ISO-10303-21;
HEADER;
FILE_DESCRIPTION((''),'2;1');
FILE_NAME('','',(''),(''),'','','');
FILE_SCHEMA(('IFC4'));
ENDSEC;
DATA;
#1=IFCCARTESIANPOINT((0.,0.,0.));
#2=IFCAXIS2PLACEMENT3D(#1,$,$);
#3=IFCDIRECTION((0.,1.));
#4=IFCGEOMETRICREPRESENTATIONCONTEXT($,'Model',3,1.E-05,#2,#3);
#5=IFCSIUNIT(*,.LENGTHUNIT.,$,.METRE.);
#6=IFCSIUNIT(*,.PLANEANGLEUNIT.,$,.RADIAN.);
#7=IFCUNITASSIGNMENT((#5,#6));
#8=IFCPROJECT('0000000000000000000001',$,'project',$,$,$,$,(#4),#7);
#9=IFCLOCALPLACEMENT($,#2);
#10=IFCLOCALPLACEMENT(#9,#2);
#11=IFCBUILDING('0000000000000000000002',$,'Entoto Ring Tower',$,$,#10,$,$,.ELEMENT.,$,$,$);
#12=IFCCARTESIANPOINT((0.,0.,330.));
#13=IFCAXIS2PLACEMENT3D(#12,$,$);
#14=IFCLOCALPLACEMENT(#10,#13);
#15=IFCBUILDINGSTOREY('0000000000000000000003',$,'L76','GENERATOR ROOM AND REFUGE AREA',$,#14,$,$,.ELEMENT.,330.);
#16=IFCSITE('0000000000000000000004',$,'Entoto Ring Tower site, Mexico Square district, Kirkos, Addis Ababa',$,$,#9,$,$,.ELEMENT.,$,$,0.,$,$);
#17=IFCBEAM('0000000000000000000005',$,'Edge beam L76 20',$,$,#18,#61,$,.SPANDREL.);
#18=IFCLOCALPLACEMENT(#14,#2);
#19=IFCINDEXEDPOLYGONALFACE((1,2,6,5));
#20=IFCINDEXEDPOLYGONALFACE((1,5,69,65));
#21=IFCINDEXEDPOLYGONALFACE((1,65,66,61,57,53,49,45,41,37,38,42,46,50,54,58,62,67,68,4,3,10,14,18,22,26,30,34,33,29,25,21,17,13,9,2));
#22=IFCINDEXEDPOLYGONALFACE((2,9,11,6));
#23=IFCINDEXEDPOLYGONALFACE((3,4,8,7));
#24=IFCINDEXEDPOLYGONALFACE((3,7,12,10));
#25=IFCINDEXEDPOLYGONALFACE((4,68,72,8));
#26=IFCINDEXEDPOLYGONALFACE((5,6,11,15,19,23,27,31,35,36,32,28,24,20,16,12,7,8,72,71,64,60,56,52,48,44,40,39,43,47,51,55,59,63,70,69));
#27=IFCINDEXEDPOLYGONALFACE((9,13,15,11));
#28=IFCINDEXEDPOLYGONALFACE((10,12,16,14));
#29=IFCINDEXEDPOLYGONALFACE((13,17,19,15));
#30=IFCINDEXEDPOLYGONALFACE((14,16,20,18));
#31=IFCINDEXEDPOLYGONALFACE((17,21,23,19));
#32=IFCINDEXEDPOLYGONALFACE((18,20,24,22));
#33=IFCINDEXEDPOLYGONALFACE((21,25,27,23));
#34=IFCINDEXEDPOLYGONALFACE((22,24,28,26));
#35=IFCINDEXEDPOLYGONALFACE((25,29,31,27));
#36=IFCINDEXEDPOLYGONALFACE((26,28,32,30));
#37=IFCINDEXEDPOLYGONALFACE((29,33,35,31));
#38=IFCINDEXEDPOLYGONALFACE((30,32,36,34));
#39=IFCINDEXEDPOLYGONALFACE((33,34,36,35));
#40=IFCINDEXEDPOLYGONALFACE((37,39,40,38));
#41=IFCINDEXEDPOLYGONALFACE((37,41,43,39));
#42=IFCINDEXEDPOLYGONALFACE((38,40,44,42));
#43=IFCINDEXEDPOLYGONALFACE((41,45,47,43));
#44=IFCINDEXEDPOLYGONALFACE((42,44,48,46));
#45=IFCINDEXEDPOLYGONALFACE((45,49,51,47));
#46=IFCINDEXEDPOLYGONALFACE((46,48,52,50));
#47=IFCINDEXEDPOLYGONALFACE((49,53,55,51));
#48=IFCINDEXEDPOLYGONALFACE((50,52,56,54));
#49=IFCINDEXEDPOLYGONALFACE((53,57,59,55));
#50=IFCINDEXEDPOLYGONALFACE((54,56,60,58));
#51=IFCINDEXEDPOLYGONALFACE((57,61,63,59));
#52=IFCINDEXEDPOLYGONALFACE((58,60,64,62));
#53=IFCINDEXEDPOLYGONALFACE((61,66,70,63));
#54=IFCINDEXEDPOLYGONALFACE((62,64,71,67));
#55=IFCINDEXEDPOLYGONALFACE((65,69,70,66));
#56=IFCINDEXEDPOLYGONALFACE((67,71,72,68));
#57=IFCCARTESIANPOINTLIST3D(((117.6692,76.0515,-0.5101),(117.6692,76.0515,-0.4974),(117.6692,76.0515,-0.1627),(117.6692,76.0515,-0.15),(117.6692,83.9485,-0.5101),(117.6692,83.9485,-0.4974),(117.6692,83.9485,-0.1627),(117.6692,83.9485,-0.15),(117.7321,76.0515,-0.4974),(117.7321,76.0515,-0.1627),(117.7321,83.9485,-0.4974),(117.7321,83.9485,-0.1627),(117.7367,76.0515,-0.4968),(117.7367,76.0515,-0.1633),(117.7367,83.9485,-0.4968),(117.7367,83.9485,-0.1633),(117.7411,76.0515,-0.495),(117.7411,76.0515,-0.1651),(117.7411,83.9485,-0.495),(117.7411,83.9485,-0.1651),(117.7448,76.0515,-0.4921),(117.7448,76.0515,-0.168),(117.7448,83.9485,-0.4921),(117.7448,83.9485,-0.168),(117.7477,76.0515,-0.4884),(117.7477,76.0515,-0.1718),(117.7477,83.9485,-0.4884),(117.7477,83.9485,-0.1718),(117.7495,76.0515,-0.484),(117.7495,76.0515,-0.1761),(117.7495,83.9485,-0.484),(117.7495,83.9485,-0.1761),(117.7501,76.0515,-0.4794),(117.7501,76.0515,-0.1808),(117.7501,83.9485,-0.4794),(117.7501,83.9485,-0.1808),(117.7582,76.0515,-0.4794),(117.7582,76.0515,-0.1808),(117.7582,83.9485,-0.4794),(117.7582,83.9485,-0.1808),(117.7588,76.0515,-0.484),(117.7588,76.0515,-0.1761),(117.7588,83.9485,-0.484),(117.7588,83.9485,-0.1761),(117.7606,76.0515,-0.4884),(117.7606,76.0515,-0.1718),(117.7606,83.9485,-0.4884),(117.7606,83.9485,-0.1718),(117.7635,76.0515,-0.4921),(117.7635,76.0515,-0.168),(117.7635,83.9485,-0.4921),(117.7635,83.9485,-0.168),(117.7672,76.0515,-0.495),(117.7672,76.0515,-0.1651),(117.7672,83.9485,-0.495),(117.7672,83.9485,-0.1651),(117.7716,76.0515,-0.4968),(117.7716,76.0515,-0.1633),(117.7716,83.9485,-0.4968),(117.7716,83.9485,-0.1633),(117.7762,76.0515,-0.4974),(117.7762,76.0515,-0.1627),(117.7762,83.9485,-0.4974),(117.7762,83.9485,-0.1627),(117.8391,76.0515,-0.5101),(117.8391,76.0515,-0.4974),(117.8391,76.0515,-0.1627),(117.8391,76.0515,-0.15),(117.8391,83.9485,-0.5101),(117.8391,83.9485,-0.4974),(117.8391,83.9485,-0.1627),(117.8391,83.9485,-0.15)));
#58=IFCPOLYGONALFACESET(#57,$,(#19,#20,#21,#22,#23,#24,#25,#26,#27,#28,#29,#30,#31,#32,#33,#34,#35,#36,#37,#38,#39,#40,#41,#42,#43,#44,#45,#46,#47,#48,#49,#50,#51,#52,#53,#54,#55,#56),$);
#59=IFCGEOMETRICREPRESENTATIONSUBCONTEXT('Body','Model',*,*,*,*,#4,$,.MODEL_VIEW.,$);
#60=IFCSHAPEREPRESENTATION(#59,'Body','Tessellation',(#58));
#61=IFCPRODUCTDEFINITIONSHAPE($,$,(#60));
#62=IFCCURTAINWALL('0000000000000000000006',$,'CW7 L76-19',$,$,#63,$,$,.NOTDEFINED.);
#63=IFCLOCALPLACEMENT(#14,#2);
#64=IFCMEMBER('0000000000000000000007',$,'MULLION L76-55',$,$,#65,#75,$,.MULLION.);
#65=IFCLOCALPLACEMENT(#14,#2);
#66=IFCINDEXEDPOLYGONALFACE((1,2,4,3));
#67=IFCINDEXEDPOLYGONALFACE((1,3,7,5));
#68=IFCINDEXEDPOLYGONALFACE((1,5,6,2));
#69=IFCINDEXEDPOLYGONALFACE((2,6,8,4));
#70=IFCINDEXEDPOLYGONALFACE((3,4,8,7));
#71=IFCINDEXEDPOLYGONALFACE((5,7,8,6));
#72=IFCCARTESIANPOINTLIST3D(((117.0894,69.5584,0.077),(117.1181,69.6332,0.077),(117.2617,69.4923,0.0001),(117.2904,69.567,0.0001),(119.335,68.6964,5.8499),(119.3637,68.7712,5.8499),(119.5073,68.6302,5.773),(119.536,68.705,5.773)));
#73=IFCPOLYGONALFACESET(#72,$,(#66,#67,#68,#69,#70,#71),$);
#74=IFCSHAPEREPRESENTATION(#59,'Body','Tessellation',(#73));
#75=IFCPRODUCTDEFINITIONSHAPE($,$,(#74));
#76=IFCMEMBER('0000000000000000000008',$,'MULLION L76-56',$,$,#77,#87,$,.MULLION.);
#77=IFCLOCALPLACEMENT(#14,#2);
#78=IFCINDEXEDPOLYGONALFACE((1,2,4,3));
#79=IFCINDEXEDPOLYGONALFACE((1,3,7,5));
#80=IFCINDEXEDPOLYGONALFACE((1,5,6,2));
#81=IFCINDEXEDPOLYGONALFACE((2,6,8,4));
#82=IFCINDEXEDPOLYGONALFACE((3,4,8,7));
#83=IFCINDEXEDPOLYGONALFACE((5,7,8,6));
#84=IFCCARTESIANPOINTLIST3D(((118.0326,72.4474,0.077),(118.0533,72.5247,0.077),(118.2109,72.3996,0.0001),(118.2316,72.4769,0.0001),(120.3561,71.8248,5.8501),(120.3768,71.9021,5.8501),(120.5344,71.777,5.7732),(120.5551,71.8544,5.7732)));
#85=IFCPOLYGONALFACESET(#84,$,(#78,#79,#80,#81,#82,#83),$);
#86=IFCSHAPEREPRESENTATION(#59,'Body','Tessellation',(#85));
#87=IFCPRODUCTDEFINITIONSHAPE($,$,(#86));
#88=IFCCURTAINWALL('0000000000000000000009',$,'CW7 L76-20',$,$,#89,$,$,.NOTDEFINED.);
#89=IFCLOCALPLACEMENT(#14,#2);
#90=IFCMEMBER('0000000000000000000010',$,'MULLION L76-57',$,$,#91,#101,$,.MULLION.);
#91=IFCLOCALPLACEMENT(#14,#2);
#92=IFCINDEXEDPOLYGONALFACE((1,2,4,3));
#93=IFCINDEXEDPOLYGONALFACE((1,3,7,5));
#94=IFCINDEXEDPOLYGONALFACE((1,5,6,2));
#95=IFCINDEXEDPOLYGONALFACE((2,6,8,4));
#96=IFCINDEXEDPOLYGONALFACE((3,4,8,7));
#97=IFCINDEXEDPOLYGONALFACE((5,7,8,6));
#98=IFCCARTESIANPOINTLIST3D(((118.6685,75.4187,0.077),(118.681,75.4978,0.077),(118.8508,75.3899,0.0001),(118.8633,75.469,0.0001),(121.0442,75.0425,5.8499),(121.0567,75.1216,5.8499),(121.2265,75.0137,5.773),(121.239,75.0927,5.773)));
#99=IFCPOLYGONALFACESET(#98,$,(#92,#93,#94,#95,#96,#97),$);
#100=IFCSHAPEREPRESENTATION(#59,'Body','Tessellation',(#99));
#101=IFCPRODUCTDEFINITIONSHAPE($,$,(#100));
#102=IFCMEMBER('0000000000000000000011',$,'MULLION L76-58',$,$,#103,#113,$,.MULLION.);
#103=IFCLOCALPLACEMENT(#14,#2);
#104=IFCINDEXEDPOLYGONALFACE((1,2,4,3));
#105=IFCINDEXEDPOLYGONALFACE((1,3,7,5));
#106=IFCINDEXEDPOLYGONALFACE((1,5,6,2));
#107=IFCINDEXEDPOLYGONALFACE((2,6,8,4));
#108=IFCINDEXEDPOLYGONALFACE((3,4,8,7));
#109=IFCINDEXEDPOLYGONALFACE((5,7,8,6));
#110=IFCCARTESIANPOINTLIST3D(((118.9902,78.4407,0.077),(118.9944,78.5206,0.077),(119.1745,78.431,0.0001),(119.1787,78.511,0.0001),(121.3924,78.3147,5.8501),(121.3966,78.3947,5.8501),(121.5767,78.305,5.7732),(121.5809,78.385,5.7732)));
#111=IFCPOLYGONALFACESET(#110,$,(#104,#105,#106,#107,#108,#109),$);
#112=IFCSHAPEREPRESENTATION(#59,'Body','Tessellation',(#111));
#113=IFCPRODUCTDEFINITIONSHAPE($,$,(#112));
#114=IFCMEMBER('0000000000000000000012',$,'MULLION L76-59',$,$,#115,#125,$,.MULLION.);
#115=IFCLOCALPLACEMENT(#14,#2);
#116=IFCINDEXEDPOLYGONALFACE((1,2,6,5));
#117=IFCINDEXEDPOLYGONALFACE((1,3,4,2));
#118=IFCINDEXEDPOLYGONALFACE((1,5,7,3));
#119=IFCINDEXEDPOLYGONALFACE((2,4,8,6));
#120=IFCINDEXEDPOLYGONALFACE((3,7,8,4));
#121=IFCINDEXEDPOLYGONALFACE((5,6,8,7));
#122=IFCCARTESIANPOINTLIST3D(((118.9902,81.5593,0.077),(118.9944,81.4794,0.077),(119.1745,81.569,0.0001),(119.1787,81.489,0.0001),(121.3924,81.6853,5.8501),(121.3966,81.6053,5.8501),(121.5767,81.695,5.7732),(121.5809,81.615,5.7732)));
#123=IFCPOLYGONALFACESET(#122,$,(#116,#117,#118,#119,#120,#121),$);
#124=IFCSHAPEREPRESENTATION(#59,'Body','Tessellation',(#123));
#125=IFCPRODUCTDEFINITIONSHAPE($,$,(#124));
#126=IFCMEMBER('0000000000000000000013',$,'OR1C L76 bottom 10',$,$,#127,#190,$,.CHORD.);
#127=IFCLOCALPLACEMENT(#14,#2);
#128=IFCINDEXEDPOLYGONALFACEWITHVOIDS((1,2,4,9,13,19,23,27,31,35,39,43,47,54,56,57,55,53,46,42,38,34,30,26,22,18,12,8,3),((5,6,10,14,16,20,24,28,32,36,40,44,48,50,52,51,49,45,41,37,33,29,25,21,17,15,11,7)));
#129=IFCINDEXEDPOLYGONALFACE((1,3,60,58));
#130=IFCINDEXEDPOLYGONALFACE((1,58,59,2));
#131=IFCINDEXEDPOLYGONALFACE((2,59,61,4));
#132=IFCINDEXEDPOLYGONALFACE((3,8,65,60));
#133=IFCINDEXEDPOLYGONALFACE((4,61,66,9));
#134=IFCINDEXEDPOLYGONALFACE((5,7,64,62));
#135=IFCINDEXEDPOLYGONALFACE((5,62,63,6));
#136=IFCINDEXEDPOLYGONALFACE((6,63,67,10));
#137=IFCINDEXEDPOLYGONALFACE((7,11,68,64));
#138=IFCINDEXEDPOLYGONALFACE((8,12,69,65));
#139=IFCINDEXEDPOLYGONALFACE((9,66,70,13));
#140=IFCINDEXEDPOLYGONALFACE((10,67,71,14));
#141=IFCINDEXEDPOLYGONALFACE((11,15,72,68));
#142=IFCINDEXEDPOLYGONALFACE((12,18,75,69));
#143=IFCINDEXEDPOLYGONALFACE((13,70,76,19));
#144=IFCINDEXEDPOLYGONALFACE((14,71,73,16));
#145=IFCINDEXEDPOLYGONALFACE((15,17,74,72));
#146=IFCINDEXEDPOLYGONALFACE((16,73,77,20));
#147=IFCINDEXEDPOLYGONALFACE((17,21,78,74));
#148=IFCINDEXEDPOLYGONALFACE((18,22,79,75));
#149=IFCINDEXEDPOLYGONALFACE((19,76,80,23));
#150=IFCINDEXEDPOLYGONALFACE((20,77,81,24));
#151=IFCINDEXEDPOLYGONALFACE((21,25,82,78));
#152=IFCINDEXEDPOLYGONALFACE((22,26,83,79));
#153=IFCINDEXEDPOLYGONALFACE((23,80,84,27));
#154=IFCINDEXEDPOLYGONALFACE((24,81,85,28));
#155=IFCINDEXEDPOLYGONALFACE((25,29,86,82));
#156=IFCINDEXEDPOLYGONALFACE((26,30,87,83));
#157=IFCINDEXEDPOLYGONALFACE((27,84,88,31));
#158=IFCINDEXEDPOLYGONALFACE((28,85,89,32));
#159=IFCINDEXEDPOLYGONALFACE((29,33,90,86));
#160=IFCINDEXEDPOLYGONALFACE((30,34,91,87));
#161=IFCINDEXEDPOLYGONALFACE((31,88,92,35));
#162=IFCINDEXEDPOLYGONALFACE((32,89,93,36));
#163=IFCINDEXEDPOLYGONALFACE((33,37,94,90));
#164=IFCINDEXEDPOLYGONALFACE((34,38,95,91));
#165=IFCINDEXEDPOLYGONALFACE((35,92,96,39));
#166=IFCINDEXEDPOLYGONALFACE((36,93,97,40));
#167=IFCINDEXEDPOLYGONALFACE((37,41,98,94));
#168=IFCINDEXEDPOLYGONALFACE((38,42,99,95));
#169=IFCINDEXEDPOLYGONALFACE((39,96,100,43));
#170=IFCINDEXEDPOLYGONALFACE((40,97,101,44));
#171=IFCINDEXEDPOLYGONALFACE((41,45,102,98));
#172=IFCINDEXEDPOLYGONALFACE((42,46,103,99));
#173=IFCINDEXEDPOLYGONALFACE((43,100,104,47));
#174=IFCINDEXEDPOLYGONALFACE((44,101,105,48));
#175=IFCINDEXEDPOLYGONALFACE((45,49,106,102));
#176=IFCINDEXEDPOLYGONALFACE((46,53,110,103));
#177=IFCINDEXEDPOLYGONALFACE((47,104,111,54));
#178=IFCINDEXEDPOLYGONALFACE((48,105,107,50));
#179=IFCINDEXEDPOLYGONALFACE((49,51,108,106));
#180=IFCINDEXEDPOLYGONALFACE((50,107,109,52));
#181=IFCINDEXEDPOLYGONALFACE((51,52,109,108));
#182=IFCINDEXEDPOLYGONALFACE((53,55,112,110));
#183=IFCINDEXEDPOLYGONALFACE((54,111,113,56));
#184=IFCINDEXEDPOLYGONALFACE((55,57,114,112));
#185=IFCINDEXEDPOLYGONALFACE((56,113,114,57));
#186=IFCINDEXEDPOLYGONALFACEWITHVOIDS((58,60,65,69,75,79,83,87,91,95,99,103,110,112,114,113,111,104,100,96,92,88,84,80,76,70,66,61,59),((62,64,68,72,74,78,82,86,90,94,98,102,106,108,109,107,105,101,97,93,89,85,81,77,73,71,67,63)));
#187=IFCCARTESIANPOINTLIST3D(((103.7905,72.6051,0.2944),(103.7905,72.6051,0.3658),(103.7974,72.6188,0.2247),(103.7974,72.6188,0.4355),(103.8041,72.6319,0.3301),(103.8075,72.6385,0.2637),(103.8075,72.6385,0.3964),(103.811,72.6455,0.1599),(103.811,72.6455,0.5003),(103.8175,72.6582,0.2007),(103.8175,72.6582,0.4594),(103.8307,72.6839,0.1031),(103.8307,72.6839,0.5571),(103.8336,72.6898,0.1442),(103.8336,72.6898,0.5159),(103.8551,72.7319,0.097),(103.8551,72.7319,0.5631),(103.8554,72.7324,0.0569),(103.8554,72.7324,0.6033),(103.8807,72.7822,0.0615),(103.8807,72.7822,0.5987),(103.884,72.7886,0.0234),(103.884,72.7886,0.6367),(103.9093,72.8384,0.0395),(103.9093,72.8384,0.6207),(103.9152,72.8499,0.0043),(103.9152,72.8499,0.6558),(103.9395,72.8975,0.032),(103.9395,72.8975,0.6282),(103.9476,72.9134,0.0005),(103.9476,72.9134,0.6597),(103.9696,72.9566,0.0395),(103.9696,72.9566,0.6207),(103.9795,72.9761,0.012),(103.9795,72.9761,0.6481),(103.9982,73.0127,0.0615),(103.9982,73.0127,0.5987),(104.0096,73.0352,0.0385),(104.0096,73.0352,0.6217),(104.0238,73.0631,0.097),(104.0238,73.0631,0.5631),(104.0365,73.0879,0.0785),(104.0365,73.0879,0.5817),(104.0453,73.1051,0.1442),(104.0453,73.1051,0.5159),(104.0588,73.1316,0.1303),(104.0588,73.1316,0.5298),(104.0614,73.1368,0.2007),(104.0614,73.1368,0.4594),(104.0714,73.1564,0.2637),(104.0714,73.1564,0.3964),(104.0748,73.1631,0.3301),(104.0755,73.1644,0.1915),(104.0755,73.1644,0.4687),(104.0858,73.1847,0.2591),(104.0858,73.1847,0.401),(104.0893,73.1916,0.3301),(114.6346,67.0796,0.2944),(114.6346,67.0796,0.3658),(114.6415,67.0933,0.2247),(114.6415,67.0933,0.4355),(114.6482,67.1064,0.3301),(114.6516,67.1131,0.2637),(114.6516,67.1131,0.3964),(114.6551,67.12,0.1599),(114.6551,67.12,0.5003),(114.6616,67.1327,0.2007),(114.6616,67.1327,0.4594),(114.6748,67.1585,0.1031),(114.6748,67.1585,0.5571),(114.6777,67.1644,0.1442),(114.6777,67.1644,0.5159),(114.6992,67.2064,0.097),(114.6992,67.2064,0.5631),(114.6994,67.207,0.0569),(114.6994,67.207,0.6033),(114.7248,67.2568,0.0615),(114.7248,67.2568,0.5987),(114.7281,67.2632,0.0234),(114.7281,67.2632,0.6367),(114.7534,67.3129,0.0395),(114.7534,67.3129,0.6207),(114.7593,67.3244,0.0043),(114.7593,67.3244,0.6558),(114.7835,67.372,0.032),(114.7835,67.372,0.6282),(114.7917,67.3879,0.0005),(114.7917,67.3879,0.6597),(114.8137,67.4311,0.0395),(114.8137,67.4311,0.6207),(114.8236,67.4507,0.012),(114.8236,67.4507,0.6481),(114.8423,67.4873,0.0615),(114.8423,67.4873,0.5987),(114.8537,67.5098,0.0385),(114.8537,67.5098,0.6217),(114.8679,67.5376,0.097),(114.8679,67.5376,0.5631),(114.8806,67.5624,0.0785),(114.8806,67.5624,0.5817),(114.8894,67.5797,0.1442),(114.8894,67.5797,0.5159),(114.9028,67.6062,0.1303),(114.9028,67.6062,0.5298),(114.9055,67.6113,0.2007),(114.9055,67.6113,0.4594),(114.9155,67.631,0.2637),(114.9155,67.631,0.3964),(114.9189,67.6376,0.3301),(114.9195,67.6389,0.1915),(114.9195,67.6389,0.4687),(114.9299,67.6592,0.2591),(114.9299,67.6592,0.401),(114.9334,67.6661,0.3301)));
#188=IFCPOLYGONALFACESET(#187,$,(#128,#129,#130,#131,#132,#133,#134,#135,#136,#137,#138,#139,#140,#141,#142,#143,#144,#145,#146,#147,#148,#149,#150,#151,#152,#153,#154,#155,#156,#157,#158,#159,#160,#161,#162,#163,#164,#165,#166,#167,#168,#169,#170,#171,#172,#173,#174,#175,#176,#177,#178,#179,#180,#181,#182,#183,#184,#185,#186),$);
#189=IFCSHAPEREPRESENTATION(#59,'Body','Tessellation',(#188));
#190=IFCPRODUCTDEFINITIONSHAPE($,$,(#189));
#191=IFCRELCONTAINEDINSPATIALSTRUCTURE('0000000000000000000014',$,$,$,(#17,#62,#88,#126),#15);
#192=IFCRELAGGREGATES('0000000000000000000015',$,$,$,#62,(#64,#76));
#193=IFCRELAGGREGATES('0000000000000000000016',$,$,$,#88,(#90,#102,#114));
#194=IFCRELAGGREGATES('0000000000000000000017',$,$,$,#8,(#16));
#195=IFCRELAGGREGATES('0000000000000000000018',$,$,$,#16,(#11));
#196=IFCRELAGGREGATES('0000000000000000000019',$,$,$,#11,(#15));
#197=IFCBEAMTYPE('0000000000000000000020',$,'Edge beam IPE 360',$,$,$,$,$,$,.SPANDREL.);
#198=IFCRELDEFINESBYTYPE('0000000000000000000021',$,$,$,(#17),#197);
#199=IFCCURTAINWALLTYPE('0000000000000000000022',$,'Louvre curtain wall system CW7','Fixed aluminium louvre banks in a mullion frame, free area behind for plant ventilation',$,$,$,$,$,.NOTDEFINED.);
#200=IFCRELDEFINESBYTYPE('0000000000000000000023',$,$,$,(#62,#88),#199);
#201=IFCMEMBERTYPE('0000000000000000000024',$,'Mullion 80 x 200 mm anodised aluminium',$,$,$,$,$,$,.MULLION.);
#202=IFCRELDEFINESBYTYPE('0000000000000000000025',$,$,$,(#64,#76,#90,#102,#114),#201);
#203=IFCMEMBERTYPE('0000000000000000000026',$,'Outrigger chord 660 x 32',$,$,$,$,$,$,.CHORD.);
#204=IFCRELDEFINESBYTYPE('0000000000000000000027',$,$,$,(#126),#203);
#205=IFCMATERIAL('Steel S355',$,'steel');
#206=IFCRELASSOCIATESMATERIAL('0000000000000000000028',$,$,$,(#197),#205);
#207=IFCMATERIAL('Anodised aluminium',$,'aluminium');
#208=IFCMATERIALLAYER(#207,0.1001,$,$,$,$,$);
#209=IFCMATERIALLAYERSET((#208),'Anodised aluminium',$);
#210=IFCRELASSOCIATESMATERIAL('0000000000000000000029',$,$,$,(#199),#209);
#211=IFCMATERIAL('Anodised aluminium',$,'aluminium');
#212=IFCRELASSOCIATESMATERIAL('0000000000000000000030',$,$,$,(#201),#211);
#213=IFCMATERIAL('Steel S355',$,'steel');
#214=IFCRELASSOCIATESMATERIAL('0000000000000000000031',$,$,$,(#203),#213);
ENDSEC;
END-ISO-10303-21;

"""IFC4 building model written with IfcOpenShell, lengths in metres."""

from ifc_helpers import new_model, si_unit, direction, frame, origin, origin_2d, place, context, subcontext, project, spatial, rectangle, circle, hollow_circle, i_section, extrude, material, layer, layer_set, material_profile, profile_set, type_object, element, aggregate, save


model = new_model("IFC4")

# Units and contexts
model_context = context("Model", 3, precision=1e-05, world=origin(), true_north=direction((0.0, 1.0)))
body_context = subcontext(model_context, "Body", "Model", "MODEL_VIEW")
ifc_project = project(units=[si_unit("LENGTHUNIT", "METRE"), si_unit("PLANEANGLEUNIT", "RADIAN")], contexts=[model_context])

# Site, building, storey
site_placement = place(None, origin())
site = spatial("IfcSite", under=ifc_project, at=site_placement, Name="Entoto Ring Tower site, Mexico Square district, Kirkos, Addis Ababa", CompositionType="ELEMENT", RefElevation=0.0)
building_placement = place(site_placement, origin())
building = spatial("IfcBuilding", under=site, at=building_placement, Name="Entoto Ring Tower", CompositionType="ELEMENT")
storey_placement = place(building_placement, frame((0.0, 0.0, 330.0)))
storey = spatial("IfcBuildingStorey", under=building, at=storey_placement, Name="L76", Description="GENERATOR ROOM AND REFUGE AREA", CompositionType="ELEMENT", Elevation=330.0)

# Beam
ifc_material_1 = material(Name="Steel S355", Category="steel")
ifc_material_profile_1 = material_profile(ifc_material_1, i_section(OverallWidth=0.1699, OverallDepth=0.3601, WebThickness=0.0081, FlangeThickness=0.0127, FilletRadius=0.0181, at=origin_2d()), Name="IPE 360")
ifc_profile_set_1 = profile_set([ifc_material_profile_1], Name="Steel S355")
beam_type_1 = type_object("IfcBeamType", Name="Edge beam IPE 360", PredefinedType="SPANDREL", material=ifc_profile_set_1)
for number, where, z_axis, x_axis, name in (
    (1, (117.7542, 76.0515, -0.3301), (0.0, 1.0, 0.0), (-1.0, 0.0, 0.0), "Edge beam L76 20"),
):
    element("IfcBeam", number, at=place(storey_placement, frame(where, z_axis=z_axis, x_axis=x_axis)), inside=storey, type_object=beam_type_1, Name=name, PredefinedType="SPANDREL", context=body_context, shape_type="SweptSolid", body=[
        extrude(i_section(OverallWidth=0.1699, OverallDepth=0.3601, WebThickness=0.0081, FlangeThickness=0.0127, FilletRadius=0.0181, at=origin_2d()), origin(), (0.0, 0.0, 1.0), 7.897),
    ])

# Curtain walls, members
ifc_material_2 = material(Name="Anodised aluminium", Category="aluminium")
ifc_layer_1 = layer(ifc_material_2, 0.1001)
ifc_layer_set_1 = layer_set([ifc_layer_1], Name="Anodised aluminium")
curtain_wall_type = type_object("IfcCurtainWallType", Name="Louvre curtain wall system CW7", Description="Fixed aluminium louvre banks in a mullion frame, free area behind for plant ventilation", PredefinedType="NOTDEFINED", material=ifc_layer_set_1)
curtain_wall_1_placement = place(storey_placement, origin())
curtain_wall_1 = element("IfcCurtainWall", 2, at=curtain_wall_1_placement, inside=storey, type_object=curtain_wall_type, Name="CW7 L76-19", PredefinedType="NOTDEFINED")
ifc_material_3 = material(Name="Anodised aluminium", Category="aluminium")
ifc_material_profile_2 = material_profile(ifc_material_3, rectangle(XDim=0.0801, YDim=0.2, at=origin_2d()), Name="Mullion 80 x 200 mm anodised aluminium")
ifc_profile_set_2 = profile_set([ifc_material_profile_2], Name="Anodised aluminium")
member_type_1 = type_object("IfcMemberType", Name="Mullion 80 x 200 mm anodised aluminium", PredefinedType="MULLION", material=ifc_profile_set_2)
member_1_placement = place(storey_placement, frame((117.1899, 69.5627, 0.0386), z_axis=(0.359066, -0.137841, 0.923077), x_axis=(0.358387, 0.933573, 0.0)))
member_1 = element("IfcMember", 3, at=member_1_placement, type_object=member_type_1, Name="MULLION L76-55", PredefinedType="MULLION", context=body_context, shape_type="SweptSolid", body=[
    extrude(rectangle(XDim=0.0801, YDim=0.2, at=origin_2d()), origin(), (0.0, 0.0, 1.0), 6.2539),
])
member_2_placement = place(storey_placement, frame((118.1321, 72.4622, 0.0386), z_axis=(0.371517, -0.099545, 0.923074), x_axis=(0.258812, 0.965928, 0.0)))
member_2 = element("IfcMember", 4, at=member_2_placement, type_object=member_type_1, Name="MULLION L76-56", PredefinedType="MULLION", context=body_context, shape_type="SweptSolid", body=[
    extrude(rectangle(XDim=0.0801, YDim=0.2, at=origin_2d()), origin(), (0.0, 0.0, 1.0), 6.2542),
])
aggregate(curtain_wall_1, [member_1, member_2])
curtain_wall_2_placement = place(storey_placement, origin())
curtain_wall_2 = element("IfcCurtainWall", 5, at=curtain_wall_2_placement, inside=storey, type_object=curtain_wall_type, Name="CW7 L76-20", PredefinedType="NOTDEFINED")
member_3_placement = place(storey_placement, frame((118.7659, 75.4438, 0.0386), z_axis=(0.379874, -0.060157, 0.92308), x_axis=(0.156411, 0.987692, 0.0)))
member_3 = element("IfcMember", 6, at=member_3_placement, type_object=member_type_1, Name="MULLION L76-57", PredefinedType="MULLION", context=body_context, shape_type="SweptSolid", body=[
    extrude(rectangle(XDim=0.0801, YDim=0.2, at=origin_2d()), origin(), (0.0, 0.0, 1.0), 6.2539),
])
member_4_placement = place(storey_placement, frame((119.0845, 78.4758, 0.0386), z_axis=(0.384088, -0.020143, 0.923077), x_axis=(0.052372, 0.998628, 0.0)))
member_4 = element("IfcMember", 7, at=member_4_placement, type_object=member_type_1, Name="MULLION L76-58", PredefinedType="MULLION", context=body_context, shape_type="SweptSolid", body=[
    extrude(rectangle(XDim=0.0801, YDim=0.2, at=origin_2d()), origin(), (0.0, 0.0, 1.0), 6.2542),
])
member_5_placement = place(storey_placement, frame((119.0845, 81.5242, 0.0386), z_axis=(0.384088, 0.020143, 0.923077), x_axis=(-0.052372, 0.998628, 0.0)))
member_5 = element("IfcMember", 8, at=member_5_placement, type_object=member_type_1, Name="MULLION L76-59", PredefinedType="MULLION", context=body_context, shape_type="SweptSolid", body=[
    extrude(rectangle(XDim=0.0801, YDim=0.2, at=origin_2d()), origin(), (0.0, 0.0, 1.0), 6.2542),
])
aggregate(curtain_wall_2, [member_3, member_4, member_5])

# Member
ifc_material_4 = material(Name="Steel S355", Category="steel")
ifc_material_profile_3 = material_profile(ifc_material_4, hollow_circle(Radius=0.3301, WallThickness=0.032, at=origin_2d()), Name="CHS 660 x 32")
ifc_material_5 = material(Name="Concrete C60/75", Category="concrete")
ifc_material_profile_4 = material_profile(ifc_material_5, circle(Radius=0.2981, at=origin_2d()), Name="Concrete C60/75 infill")
ifc_profile_set_3 = profile_set([ifc_material_profile_3, ifc_material_profile_4], Name="Steel S355")
member_type_2 = type_object("IfcMemberType", Name="Outrigger chord 660 x 32", PredefinedType="CHORD", material=ifc_profile_set_3)
member_6_placement = place(storey_placement, frame((103.9395, 72.8975, 0.3301), z_axis=(0.891003, -0.453997, 0.0), x_axis=(0.453997, 0.891003, 0.0)))
element("IfcMember", 9, at=member_6_placement, inside=storey, type_object=member_type_2, Name="OR1C L76 bottom 10", PredefinedType="CHORD", context=body_context, shape_type="SweptSolid", body=[
    extrude(hollow_circle(Radius=0.3301, WallThickness=0.032, at=origin_2d()), origin(), (0.0, 0.0, 1.0), 12.1707),
])

save(model, "model.ifc")
